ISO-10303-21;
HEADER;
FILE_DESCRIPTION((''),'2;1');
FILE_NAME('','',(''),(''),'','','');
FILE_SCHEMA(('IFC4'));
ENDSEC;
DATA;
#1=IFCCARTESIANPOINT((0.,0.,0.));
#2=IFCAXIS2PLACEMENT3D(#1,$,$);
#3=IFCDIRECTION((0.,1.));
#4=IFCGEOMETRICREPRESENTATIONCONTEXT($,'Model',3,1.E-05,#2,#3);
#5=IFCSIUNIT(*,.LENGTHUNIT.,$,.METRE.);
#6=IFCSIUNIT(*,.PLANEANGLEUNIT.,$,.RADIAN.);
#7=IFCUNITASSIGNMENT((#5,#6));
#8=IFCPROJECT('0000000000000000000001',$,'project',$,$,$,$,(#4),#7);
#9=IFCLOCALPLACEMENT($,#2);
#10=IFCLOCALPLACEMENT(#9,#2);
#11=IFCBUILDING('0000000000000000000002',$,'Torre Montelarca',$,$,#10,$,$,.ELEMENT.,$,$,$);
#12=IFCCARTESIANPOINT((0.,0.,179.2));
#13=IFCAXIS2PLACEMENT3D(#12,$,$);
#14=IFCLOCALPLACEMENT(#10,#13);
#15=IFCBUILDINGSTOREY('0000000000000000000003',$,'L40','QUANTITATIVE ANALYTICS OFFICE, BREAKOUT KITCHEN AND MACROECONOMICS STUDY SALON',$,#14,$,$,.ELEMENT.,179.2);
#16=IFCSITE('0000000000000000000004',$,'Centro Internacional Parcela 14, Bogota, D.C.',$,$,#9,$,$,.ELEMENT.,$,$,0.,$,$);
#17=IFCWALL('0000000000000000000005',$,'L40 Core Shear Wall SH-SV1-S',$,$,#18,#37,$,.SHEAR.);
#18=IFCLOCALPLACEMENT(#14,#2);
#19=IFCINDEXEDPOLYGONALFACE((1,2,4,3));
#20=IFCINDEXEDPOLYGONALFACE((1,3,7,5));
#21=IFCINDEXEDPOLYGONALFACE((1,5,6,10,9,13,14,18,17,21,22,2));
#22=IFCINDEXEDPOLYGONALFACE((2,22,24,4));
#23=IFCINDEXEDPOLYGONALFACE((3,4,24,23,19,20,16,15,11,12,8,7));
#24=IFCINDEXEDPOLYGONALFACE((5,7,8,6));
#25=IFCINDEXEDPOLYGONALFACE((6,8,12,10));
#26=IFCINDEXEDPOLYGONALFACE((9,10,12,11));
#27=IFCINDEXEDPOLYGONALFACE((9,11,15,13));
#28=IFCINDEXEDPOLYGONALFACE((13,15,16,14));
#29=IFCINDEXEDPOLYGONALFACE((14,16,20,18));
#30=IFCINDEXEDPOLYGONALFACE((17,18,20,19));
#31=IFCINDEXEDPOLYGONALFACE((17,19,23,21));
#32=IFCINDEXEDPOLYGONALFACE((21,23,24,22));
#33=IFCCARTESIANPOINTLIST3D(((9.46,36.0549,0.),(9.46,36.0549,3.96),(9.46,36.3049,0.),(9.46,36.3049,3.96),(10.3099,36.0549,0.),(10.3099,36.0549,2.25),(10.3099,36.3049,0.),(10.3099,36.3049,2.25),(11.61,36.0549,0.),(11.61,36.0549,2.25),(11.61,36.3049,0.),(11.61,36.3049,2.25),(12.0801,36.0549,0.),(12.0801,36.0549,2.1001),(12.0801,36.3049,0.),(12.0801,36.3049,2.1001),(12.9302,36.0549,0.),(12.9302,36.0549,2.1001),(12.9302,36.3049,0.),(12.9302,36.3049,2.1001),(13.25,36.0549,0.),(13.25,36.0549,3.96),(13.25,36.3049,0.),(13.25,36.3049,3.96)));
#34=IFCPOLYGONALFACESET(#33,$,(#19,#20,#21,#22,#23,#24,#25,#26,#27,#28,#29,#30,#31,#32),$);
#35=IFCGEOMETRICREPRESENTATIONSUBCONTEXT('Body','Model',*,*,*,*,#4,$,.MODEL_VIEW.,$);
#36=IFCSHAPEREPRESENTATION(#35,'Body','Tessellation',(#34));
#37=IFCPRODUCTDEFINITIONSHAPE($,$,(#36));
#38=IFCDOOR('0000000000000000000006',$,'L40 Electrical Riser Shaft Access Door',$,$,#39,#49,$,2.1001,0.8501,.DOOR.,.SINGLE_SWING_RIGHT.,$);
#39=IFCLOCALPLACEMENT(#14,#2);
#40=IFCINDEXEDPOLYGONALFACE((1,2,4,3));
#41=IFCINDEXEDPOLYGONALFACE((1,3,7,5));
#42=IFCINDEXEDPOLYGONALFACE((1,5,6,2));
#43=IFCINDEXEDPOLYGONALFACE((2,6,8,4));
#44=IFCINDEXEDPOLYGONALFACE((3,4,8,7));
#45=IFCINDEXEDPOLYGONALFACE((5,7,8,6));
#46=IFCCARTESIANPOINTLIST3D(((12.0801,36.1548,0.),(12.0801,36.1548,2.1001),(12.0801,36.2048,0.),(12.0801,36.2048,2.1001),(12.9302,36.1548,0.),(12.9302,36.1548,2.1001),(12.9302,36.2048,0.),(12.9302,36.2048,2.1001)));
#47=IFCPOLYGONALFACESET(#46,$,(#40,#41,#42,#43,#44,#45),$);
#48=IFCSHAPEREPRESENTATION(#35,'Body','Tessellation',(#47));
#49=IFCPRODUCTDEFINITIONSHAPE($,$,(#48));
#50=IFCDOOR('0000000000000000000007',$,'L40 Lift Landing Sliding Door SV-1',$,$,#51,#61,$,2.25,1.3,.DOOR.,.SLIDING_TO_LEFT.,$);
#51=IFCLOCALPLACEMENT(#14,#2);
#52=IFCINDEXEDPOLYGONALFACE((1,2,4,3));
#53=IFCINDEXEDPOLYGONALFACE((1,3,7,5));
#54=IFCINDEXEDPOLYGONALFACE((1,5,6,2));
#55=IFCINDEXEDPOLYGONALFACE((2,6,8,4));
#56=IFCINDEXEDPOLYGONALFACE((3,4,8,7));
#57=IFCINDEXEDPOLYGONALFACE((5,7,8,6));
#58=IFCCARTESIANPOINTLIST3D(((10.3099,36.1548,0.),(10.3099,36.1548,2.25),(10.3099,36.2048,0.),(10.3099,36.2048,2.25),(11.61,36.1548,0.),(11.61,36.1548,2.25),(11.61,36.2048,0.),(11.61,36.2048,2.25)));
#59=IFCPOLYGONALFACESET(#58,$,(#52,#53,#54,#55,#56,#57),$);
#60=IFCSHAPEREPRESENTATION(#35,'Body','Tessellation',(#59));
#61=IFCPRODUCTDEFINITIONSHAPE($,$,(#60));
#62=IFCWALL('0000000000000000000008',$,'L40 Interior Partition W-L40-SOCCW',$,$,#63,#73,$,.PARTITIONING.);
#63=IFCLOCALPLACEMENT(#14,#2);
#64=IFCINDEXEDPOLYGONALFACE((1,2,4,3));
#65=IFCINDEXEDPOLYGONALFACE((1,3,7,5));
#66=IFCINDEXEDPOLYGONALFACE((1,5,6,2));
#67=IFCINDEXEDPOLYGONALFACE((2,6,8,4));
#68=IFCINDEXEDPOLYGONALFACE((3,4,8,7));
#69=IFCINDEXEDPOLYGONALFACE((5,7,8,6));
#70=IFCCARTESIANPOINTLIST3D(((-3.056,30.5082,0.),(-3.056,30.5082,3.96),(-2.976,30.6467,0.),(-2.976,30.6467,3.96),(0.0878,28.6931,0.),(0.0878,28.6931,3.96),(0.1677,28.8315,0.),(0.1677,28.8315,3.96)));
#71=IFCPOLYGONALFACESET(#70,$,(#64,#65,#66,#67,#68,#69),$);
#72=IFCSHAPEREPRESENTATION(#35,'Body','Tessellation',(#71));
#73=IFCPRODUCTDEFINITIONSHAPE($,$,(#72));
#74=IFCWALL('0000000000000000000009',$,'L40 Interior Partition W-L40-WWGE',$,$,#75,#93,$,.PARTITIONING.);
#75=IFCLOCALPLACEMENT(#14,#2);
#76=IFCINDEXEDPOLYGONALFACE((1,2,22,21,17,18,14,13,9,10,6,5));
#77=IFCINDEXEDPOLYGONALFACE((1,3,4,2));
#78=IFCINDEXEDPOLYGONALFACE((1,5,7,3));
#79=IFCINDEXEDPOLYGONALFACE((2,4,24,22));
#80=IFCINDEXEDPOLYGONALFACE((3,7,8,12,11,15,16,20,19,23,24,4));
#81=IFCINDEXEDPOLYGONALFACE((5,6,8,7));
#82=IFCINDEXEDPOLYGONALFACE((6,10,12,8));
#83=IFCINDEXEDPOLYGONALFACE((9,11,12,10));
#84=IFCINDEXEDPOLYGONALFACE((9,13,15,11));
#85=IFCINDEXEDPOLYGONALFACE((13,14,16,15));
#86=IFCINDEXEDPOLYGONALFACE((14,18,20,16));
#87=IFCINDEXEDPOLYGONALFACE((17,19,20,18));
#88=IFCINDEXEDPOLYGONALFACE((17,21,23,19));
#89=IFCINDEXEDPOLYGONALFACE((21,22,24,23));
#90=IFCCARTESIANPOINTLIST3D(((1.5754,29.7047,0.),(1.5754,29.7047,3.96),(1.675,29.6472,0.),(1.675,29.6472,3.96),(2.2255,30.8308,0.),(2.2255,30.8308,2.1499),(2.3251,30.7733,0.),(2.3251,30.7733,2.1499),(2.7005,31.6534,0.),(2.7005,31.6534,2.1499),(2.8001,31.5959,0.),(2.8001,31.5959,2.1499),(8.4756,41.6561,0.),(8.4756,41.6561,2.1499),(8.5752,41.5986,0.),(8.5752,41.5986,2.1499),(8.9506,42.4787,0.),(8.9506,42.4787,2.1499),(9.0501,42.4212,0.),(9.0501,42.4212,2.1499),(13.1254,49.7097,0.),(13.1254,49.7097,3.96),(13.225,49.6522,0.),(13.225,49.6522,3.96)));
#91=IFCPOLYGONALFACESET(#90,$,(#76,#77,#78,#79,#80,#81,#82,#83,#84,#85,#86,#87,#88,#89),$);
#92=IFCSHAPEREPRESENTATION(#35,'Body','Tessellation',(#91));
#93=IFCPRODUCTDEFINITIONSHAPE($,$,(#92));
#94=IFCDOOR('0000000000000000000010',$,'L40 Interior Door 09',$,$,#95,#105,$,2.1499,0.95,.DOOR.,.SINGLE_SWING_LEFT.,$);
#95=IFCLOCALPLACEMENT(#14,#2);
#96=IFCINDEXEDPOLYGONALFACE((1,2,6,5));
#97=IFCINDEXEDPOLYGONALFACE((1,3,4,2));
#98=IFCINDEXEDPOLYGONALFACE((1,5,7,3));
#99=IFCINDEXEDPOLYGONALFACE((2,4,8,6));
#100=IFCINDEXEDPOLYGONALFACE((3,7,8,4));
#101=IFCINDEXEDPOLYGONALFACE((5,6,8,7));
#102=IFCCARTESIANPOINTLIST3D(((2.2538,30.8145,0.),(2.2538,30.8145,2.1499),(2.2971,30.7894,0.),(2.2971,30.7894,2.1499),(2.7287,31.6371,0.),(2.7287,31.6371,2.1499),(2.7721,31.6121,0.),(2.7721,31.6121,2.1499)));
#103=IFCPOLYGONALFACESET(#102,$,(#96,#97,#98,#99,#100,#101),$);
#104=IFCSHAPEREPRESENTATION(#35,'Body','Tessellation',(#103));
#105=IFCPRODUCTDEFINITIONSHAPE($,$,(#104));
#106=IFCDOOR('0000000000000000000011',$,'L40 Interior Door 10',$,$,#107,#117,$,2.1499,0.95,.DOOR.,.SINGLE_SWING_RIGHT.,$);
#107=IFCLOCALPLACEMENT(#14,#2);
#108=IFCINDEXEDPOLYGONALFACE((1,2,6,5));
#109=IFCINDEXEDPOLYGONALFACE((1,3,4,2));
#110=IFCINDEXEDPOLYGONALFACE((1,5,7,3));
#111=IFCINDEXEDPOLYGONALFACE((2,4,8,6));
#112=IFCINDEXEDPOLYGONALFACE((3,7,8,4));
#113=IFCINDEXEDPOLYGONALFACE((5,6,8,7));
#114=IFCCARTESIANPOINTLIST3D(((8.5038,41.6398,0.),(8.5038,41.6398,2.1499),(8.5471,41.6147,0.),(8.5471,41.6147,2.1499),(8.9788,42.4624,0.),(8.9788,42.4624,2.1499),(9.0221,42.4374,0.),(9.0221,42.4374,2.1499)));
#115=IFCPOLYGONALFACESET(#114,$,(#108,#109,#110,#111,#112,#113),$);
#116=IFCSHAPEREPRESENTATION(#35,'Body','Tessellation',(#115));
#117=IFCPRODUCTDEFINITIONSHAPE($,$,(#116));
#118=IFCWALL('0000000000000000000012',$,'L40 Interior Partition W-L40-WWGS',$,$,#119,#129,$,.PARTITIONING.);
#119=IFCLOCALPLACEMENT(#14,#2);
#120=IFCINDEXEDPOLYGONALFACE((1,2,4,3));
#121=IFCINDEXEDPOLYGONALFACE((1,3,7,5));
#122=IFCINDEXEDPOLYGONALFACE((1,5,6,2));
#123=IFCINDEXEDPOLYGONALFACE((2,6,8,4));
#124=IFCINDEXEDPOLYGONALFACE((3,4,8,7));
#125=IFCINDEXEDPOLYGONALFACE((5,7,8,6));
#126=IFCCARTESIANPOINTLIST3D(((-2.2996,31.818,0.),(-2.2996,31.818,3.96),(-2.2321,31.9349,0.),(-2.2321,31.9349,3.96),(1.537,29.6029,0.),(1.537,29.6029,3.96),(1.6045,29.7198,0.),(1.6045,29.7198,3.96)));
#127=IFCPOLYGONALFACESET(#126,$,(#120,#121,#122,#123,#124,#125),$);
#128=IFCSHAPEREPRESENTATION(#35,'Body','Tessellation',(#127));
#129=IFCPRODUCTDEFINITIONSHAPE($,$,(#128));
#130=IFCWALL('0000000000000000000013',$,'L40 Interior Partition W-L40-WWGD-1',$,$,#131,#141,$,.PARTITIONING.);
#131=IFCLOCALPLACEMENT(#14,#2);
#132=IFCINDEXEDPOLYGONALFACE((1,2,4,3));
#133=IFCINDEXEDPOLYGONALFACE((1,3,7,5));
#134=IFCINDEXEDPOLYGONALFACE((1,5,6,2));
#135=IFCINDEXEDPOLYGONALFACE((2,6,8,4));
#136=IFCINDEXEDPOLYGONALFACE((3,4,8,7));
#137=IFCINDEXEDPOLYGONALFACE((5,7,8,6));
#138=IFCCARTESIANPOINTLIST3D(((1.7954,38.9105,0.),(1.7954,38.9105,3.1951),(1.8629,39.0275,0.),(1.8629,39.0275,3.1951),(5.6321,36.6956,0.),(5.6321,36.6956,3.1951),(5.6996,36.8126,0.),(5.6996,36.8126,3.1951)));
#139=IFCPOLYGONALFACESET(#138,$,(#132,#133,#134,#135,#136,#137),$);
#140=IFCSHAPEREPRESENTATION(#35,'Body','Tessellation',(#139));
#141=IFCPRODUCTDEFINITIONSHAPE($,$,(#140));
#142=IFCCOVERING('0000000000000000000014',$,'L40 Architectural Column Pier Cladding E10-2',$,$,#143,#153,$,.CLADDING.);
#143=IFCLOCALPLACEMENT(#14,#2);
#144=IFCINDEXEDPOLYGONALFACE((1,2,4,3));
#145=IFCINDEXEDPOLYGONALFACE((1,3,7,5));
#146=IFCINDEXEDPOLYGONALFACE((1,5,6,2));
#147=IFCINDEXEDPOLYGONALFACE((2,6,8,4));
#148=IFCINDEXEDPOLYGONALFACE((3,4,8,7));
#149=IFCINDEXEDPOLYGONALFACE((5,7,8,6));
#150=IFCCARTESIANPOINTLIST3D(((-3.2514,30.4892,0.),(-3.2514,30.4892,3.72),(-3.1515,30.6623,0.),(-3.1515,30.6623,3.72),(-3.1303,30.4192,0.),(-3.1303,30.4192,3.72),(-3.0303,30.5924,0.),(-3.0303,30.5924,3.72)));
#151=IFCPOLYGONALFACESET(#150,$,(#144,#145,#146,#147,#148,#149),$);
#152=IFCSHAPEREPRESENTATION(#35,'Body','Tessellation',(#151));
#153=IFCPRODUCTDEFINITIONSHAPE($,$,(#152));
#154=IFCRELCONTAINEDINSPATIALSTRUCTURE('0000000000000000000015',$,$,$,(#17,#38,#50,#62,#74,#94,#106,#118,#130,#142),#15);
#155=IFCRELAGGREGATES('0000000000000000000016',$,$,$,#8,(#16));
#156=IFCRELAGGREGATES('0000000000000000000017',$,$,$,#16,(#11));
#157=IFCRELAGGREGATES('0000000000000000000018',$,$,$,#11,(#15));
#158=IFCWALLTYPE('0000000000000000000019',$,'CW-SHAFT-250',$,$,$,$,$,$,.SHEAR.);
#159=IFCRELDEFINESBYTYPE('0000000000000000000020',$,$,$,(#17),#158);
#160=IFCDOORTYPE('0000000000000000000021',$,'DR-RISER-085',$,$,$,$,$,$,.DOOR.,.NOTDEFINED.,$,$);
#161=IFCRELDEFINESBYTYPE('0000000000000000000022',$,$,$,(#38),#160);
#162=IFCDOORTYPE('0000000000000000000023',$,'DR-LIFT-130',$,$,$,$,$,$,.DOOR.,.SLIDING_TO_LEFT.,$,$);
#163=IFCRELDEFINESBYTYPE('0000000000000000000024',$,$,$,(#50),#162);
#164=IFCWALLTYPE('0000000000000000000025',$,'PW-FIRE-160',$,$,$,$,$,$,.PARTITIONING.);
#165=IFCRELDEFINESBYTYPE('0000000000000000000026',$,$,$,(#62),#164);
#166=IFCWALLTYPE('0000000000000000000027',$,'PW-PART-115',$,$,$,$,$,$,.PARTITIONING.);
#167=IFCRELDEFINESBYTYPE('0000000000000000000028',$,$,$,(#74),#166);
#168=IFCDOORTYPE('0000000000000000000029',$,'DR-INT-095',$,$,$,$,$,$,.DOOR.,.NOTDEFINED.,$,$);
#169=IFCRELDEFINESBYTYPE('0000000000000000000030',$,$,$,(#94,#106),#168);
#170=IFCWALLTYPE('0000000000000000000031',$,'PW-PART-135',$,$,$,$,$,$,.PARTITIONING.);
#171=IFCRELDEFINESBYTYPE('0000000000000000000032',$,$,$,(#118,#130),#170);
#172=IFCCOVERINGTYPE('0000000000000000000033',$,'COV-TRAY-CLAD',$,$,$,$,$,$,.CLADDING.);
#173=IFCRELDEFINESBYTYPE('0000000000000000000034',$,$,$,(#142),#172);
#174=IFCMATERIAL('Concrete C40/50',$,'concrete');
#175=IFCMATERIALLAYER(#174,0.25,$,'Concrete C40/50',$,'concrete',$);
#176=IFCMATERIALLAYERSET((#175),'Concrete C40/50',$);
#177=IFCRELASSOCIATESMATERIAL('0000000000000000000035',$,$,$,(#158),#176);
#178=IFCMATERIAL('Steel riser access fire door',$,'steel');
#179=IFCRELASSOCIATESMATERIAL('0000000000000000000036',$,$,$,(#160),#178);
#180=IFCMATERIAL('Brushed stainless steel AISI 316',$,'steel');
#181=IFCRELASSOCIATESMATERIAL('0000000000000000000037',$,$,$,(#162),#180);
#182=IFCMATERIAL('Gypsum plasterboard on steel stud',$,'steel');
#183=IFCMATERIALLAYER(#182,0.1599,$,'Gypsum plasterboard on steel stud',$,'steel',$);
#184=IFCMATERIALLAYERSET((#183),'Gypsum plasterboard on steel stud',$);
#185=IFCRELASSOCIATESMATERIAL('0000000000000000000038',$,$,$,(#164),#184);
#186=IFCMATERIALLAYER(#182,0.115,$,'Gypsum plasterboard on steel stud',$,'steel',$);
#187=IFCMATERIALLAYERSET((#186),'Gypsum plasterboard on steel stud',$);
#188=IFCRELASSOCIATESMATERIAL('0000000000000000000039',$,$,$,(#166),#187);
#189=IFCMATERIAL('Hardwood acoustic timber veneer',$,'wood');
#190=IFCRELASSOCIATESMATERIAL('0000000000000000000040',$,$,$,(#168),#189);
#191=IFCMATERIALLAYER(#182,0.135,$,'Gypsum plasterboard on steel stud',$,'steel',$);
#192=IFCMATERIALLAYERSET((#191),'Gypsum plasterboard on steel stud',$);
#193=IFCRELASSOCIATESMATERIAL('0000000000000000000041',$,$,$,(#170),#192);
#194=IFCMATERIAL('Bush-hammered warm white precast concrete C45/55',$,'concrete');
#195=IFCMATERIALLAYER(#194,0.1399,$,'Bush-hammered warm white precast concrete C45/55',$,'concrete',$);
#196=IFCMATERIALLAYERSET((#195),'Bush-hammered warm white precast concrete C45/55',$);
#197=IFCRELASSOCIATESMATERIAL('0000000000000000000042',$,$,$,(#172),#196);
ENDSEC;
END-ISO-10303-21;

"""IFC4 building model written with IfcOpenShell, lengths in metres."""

from ifc_helpers import new_model, si_unit, direction, frame, frame_2d, origin, origin_2d, place, context, subcontext, project, spatial, rectangle, extrude, source, transform, mapped, material, layer, layer_set, type_object, element, fill, save


model = new_model("IFC4")

# Units and contexts
model_context = context("Model", 3, precision=1e-05, world=origin(), true_north=direction((0.0, 1.0)))
body_context = subcontext(model_context, "Body", "Model", "MODEL_VIEW")
ifc_project = project(units=[si_unit("LENGTHUNIT", "METRE"), si_unit("PLANEANGLEUNIT", "RADIAN")], contexts=[model_context])

# Site, building, storey
site_placement = place(None, origin())
site = spatial("IfcSite", under=ifc_project, at=site_placement, Name="Centro Internacional Parcela 14, Bogota, D.C.", CompositionType="ELEMENT", RefElevation=0.0)
building_placement = place(site_placement, origin())
building = spatial("IfcBuilding", under=site, at=building_placement, Name="Torre Montelarca", CompositionType="ELEMENT")
storey_placement = place(building_placement, frame((0.0, 0.0, 179.2)))
storey = spatial("IfcBuildingStorey", under=building, at=storey_placement, Name="L40", Description="QUANTITATIVE ANALYTICS OFFICE, BREAKOUT KITCHEN AND MACROECONOMICS STUDY SALON", CompositionType="ELEMENT", Elevation=179.2)

# Shared definitions
ifc_material_1 = material(Name="Concrete C40/50", Category="concrete")
ifc_layer_1 = layer(ifc_material_1, 0.25, Name="Concrete C40/50", Category="concrete")
ifc_layer_set_1 = layer_set([ifc_layer_1], Name="Concrete C40/50")
wall_type_1 = type_object("IfcWallType", Name="CW-SHAFT-250", PredefinedType="SHEAR", material=ifc_layer_set_1)

# Wall, openings, doors
wall_1_placement = place(storey_placement, frame((9.46, 36.1799, 0.0), z_axis=(0.0, 0.0, 1.0), x_axis=(1.0, 0.0, 0.0)))
wall_1 = element("IfcWall", 1, at=wall_1_placement, inside=storey, type_object=wall_type_1, Name="L40 Core Shear Wall SH-SV1-S", PredefinedType="SHEAR", context=body_context, shape_type="SweptSolid", body=[
    extrude(rectangle(XDim=3.79, YDim=0.25, at=frame_2d((1.895, 0.0))), origin(), (0.0, 0.0, 1.0), 3.96),
])
opening_1_placement = place(wall_1_placement, frame((2.6201, 0.0, 0.0)))
opening_1 = element("IfcOpeningElement", 2, at=opening_1_placement, cuts=wall_1, PredefinedType="OPENING", context=body_context, shape_type="SweptSolid", body=[
    extrude(rectangle(XDim=0.8501, YDim=2.1001, at=frame_2d((0.425, 1.05))), frame((0.0, 0.135, 0.0), z_axis=(0.0, -1.0, 0.0), x_axis=(1.0, 0.0, 0.0)), (0.0, 0.0, 1.0), 0.27),
])
opening_2_placement = place(wall_1_placement, frame((0.8501, 0.0, 0.0)))
opening_2 = element("IfcOpeningElement", 3, at=opening_2_placement, cuts=wall_1, PredefinedType="OPENING", context=body_context, shape_type="SweptSolid", body=[
    extrude(rectangle(XDim=1.3, YDim=2.25, at=frame_2d((0.6499, 1.125))), frame((0.0, 0.135, 0.0), z_axis=(0.0, -1.0, 0.0), x_axis=(1.0, 0.0, 0.0)), (0.0, 0.0, 1.0), 0.27),
])
ifc_material_2 = material(Name="Steel riser access fire door", Category="steel")
door_type_1 = type_object("IfcDoorType", Name="DR-RISER-085", OperationType="NOTDEFINED", PredefinedType="DOOR", material=ifc_material_2)
shared_shape_1 = source(origin(), body_context, "Body", "SweptSolid", [
    extrude(rectangle(XDim=0.8501, YDim=2.1001, at=frame_2d((0.425, 1.05))), frame((0.0, 0.0249, 0.0), z_axis=(0.0, -1.0, 0.0), x_axis=(1.0, 0.0, 0.0)), (0.0, 0.0, 1.0), 0.05),
])
door_1_placement = place(opening_1_placement, origin())
door_1 = element("IfcDoor", 4, at=door_1_placement, inside=storey, type_object=door_type_1, Name="L40 Electrical Riser Shaft Access Door", OperationType="SINGLE_SWING_RIGHT", OverallHeight=2.1001, OverallWidth=0.8501, PredefinedType="DOOR", context=body_context, shape_type="MappedRepresentation", body=[
    mapped(shared_shape_1, transform((0.0, 0.0, 0.0), scale=1.0)),
])
fill(opening_1, door_1)
ifc_material_3 = material(Name="Brushed stainless steel AISI 316", Category="steel")
door_type_2 = type_object("IfcDoorType", Name="DR-LIFT-130", OperationType="SLIDING_TO_LEFT", PredefinedType="DOOR", material=ifc_material_3)
shared_shape_2 = source(origin(), body_context, "Body", "SweptSolid", [
    extrude(rectangle(XDim=1.3, YDim=2.25, at=frame_2d((0.6499, 1.125))), frame((0.0, 0.0249, 0.0), z_axis=(0.0, -1.0, 0.0), x_axis=(1.0, 0.0, 0.0)), (0.0, 0.0, 1.0), 0.05),
])
door_2_placement = place(opening_2_placement, origin())
door_2 = element("IfcDoor", 5, at=door_2_placement, inside=storey, type_object=door_type_2, Name="L40 Lift Landing Sliding Door SV-1", OperationType="SLIDING_TO_LEFT", OverallHeight=2.25, OverallWidth=1.3, PredefinedType="DOOR", context=body_context, shape_type="MappedRepresentation", body=[
    mapped(shared_shape_2, transform((0.0, 0.0, 0.0), scale=1.0)),
])
fill(opening_2, door_2)

# Shared definitions
ifc_material_4 = material(Name="Gypsum plasterboard on steel stud", Category="steel")
ifc_layer_2 = layer(ifc_material_4, 0.1599, Name="Gypsum plasterboard on steel stud", Category="steel")
ifc_layer_set_2 = layer_set([ifc_layer_2], Name="Gypsum plasterboard on steel stud")
wall_type_2 = type_object("IfcWallType", Name="PW-FIRE-160", PredefinedType="PARTITIONING", material=ifc_layer_set_2)

# Wall
wall_2_placement = place(storey_placement, frame((-3.0159, 30.5774, 0.0), z_axis=(0.0, 0.0, 1.0), x_axis=(0.866012, -0.500023, 0.0)))
element("IfcWall", 6, at=wall_2_placement, inside=storey, type_object=wall_type_2, Name="L40 Interior Partition W-L40-SOCCW", PredefinedType="PARTITIONING", context=body_context, shape_type="SweptSolid", body=[
    extrude(rectangle(XDim=3.6301, YDim=0.1599, at=frame_2d((1.8149, 0.0))), origin(), (0.0, 0.0, 1.0), 3.96),
])

# Wall, openings, doors
ifc_layer_3 = layer(ifc_material_4, 0.115, Name="Gypsum plasterboard on steel stud", Category="steel")
ifc_layer_set_3 = layer_set([ifc_layer_3], Name="Gypsum plasterboard on steel stud")
wall_type_3 = type_object("IfcWallType", Name="PW-PART-115", PredefinedType="PARTITIONING", material=ifc_layer_set_3)
wall_3_placement = place(storey_placement, frame((1.6252, 29.676, 0.0), z_axis=(0.0, 0.0, 1.0), x_axis=(0.500003, 0.866024, 0.0)))
wall_3 = element("IfcWall", 7, at=wall_3_placement, inside=storey, type_object=wall_type_3, Name="L40 Interior Partition W-L40-WWGE", PredefinedType="PARTITIONING", context=body_context, shape_type="SweptSolid", body=[
    extrude(rectangle(XDim=23.0999, YDim=0.115, at=frame_2d((11.5498, 0.0))), origin(), (0.0, 0.0, 1.0), 3.96),
])
opening_3_placement = place(wall_3_placement, frame((1.3, 0.0, 0.0)))
opening_3 = element("IfcOpeningElement", 8, at=opening_3_placement, cuts=wall_3, PredefinedType="OPENING", context=body_context, shape_type="SweptSolid", body=[
    extrude(rectangle(XDim=0.95, YDim=2.1499, at=frame_2d((0.4751, 1.075))), frame((0.0, 0.0674, 0.0), z_axis=(0.0, -1.0, 0.0), x_axis=(1.0, 0.0, 0.0)), (0.0, 0.0, 1.0), 0.135),
])
opening_4_placement = place(wall_3_placement, frame((13.8, 0.0, 0.0)))
opening_4 = element("IfcOpeningElement", 9, at=opening_4_placement, cuts=wall_3, PredefinedType="OPENING", context=body_context, shape_type="SweptSolid", body=[
    extrude(rectangle(XDim=0.95, YDim=2.1499, at=frame_2d((0.4751, 1.075))), frame((0.0, 0.0674, 0.0), z_axis=(0.0, -1.0, 0.0), x_axis=(1.0, 0.0, 0.0)), (0.0, 0.0, 1.0), 0.135),
])
ifc_material_5 = material(Name="Hardwood acoustic timber veneer", Category="wood")
door_type_3 = type_object("IfcDoorType", Name="DR-INT-095", OperationType="NOTDEFINED", PredefinedType="DOOR", material=ifc_material_5)
shared_shape_3 = source(origin(), body_context, "Body", "SweptSolid", [
    extrude(rectangle(XDim=0.95, YDim=2.1499, at=frame_2d((0.4751, 1.075))), frame((0.0, 0.0249, 0.0), z_axis=(0.0, -1.0, 0.0), x_axis=(1.0, 0.0, 0.0)), (0.0, 0.0, 1.0), 0.05),
])
door_3_placement = place(opening_3_placement, origin())
door_3 = element("IfcDoor", 10, at=door_3_placement, inside=storey, type_object=door_type_3, Name="L40 Interior Door 09", OperationType="SINGLE_SWING_LEFT", OverallHeight=2.1499, OverallWidth=0.95, PredefinedType="DOOR", context=body_context, shape_type="MappedRepresentation", body=[
    mapped(shared_shape_3, transform((0.0, 0.0, 0.0), scale=1.0)),
])
fill(opening_3, door_3)
door_4_placement = place(opening_4_placement, origin())
door_4 = element("IfcDoor", 11, at=door_4_placement, inside=storey, type_object=door_type_3, Name="L40 Interior Door 10", OperationType="SINGLE_SWING_RIGHT", OverallHeight=2.1499, OverallWidth=0.95, PredefinedType="DOOR", context=body_context, shape_type="MappedRepresentation", body=[
    mapped(shared_shape_3, transform((0.0, 0.0, 0.0), scale=1.0)),
])
fill(opening_4, door_4)

# Walls
ifc_layer_4 = layer(ifc_material_4, 0.135, Name="Gypsum plasterboard on steel stud", Category="steel")
ifc_layer_set_4 = layer_set([ifc_layer_4], Name="Gypsum plasterboard on steel stud")
wall_type_4 = type_object("IfcWallType", Name="PW-PART-135", PredefinedType="PARTITIONING", material=ifc_layer_set_4)
wall_4_placement = place(storey_placement, frame((-2.2659, 31.8765, 0.0), z_axis=(0.0, 0.0, 1.0), x_axis=(0.866027, -0.499998, 0.0)))
element("IfcWall", 12, at=wall_4_placement, inside=storey, type_object=wall_type_4, Name="L40 Interior Partition W-L40-WWGS", PredefinedType="PARTITIONING", context=body_context, shape_type="SweptSolid", body=[
    extrude(rectangle(XDim=4.4302, YDim=0.135, at=frame_2d((2.2151, 0.0))), origin(), (0.0, 0.0, 1.0), 3.96),
])
wall_5_placement = place(storey_placement, frame((1.8291, 38.969, 0.0), z_axis=(0.0, 0.0, 1.0), x_axis=(0.866051, -0.499956, 0.0)))
element("IfcWall", 13, at=wall_5_placement, inside=storey, type_object=wall_type_4, Name="L40 Interior Partition W-L40-WWGD-1", PredefinedType="PARTITIONING", context=body_context, shape_type="SweptSolid", body=[
    extrude(rectangle(XDim=4.4302, YDim=0.135, at=frame_2d((2.2151, 0.0))), origin(), (0.0, 0.0, 1.0), 3.1951),
])

# Covering
ifc_material_6 = material(Name="Bush-hammered warm white precast concrete C45/55", Category="concrete")
ifc_layer_5 = layer(ifc_material_6, 0.1399, Name="Bush-hammered warm white precast concrete C45/55", Category="concrete")
ifc_layer_set_5 = layer_set([ifc_layer_5], Name="Bush-hammered warm white precast concrete C45/55")
covering_type = type_object("IfcCoveringType", Name="COV-TRAY-CLAD", PredefinedType="CLADDING", material=ifc_layer_set_5)
shared_shape_4 = source(origin(), body_context, "Body", "SweptSolid", [
    extrude(rectangle(XDim=0.2, YDim=0.1399, at=origin_2d()), origin(), (0.0, 0.0, 1.0), 3.72),
])
for number, where, z_axis, x_axis, name in (
    (14, (-3.1409, 30.5408, 0.0), (0.0, 0.0, 1.0), (-0.500002, -0.866025, 0.0), "L40 Architectural Column Pier Cladding E10-2"),
):
    element("IfcCovering", number, at=place(storey_placement, frame(where, z_axis=z_axis, x_axis=x_axis)), inside=storey, type_object=covering_type, Name=name, PredefinedType="CLADDING", context=body_context, shape_type="MappedRepresentation", body=[
        mapped(shared_shape_4, transform((0.0, 0.0, 0.0), scale=1.0)),
    ])

save(model, "model.ifc")
